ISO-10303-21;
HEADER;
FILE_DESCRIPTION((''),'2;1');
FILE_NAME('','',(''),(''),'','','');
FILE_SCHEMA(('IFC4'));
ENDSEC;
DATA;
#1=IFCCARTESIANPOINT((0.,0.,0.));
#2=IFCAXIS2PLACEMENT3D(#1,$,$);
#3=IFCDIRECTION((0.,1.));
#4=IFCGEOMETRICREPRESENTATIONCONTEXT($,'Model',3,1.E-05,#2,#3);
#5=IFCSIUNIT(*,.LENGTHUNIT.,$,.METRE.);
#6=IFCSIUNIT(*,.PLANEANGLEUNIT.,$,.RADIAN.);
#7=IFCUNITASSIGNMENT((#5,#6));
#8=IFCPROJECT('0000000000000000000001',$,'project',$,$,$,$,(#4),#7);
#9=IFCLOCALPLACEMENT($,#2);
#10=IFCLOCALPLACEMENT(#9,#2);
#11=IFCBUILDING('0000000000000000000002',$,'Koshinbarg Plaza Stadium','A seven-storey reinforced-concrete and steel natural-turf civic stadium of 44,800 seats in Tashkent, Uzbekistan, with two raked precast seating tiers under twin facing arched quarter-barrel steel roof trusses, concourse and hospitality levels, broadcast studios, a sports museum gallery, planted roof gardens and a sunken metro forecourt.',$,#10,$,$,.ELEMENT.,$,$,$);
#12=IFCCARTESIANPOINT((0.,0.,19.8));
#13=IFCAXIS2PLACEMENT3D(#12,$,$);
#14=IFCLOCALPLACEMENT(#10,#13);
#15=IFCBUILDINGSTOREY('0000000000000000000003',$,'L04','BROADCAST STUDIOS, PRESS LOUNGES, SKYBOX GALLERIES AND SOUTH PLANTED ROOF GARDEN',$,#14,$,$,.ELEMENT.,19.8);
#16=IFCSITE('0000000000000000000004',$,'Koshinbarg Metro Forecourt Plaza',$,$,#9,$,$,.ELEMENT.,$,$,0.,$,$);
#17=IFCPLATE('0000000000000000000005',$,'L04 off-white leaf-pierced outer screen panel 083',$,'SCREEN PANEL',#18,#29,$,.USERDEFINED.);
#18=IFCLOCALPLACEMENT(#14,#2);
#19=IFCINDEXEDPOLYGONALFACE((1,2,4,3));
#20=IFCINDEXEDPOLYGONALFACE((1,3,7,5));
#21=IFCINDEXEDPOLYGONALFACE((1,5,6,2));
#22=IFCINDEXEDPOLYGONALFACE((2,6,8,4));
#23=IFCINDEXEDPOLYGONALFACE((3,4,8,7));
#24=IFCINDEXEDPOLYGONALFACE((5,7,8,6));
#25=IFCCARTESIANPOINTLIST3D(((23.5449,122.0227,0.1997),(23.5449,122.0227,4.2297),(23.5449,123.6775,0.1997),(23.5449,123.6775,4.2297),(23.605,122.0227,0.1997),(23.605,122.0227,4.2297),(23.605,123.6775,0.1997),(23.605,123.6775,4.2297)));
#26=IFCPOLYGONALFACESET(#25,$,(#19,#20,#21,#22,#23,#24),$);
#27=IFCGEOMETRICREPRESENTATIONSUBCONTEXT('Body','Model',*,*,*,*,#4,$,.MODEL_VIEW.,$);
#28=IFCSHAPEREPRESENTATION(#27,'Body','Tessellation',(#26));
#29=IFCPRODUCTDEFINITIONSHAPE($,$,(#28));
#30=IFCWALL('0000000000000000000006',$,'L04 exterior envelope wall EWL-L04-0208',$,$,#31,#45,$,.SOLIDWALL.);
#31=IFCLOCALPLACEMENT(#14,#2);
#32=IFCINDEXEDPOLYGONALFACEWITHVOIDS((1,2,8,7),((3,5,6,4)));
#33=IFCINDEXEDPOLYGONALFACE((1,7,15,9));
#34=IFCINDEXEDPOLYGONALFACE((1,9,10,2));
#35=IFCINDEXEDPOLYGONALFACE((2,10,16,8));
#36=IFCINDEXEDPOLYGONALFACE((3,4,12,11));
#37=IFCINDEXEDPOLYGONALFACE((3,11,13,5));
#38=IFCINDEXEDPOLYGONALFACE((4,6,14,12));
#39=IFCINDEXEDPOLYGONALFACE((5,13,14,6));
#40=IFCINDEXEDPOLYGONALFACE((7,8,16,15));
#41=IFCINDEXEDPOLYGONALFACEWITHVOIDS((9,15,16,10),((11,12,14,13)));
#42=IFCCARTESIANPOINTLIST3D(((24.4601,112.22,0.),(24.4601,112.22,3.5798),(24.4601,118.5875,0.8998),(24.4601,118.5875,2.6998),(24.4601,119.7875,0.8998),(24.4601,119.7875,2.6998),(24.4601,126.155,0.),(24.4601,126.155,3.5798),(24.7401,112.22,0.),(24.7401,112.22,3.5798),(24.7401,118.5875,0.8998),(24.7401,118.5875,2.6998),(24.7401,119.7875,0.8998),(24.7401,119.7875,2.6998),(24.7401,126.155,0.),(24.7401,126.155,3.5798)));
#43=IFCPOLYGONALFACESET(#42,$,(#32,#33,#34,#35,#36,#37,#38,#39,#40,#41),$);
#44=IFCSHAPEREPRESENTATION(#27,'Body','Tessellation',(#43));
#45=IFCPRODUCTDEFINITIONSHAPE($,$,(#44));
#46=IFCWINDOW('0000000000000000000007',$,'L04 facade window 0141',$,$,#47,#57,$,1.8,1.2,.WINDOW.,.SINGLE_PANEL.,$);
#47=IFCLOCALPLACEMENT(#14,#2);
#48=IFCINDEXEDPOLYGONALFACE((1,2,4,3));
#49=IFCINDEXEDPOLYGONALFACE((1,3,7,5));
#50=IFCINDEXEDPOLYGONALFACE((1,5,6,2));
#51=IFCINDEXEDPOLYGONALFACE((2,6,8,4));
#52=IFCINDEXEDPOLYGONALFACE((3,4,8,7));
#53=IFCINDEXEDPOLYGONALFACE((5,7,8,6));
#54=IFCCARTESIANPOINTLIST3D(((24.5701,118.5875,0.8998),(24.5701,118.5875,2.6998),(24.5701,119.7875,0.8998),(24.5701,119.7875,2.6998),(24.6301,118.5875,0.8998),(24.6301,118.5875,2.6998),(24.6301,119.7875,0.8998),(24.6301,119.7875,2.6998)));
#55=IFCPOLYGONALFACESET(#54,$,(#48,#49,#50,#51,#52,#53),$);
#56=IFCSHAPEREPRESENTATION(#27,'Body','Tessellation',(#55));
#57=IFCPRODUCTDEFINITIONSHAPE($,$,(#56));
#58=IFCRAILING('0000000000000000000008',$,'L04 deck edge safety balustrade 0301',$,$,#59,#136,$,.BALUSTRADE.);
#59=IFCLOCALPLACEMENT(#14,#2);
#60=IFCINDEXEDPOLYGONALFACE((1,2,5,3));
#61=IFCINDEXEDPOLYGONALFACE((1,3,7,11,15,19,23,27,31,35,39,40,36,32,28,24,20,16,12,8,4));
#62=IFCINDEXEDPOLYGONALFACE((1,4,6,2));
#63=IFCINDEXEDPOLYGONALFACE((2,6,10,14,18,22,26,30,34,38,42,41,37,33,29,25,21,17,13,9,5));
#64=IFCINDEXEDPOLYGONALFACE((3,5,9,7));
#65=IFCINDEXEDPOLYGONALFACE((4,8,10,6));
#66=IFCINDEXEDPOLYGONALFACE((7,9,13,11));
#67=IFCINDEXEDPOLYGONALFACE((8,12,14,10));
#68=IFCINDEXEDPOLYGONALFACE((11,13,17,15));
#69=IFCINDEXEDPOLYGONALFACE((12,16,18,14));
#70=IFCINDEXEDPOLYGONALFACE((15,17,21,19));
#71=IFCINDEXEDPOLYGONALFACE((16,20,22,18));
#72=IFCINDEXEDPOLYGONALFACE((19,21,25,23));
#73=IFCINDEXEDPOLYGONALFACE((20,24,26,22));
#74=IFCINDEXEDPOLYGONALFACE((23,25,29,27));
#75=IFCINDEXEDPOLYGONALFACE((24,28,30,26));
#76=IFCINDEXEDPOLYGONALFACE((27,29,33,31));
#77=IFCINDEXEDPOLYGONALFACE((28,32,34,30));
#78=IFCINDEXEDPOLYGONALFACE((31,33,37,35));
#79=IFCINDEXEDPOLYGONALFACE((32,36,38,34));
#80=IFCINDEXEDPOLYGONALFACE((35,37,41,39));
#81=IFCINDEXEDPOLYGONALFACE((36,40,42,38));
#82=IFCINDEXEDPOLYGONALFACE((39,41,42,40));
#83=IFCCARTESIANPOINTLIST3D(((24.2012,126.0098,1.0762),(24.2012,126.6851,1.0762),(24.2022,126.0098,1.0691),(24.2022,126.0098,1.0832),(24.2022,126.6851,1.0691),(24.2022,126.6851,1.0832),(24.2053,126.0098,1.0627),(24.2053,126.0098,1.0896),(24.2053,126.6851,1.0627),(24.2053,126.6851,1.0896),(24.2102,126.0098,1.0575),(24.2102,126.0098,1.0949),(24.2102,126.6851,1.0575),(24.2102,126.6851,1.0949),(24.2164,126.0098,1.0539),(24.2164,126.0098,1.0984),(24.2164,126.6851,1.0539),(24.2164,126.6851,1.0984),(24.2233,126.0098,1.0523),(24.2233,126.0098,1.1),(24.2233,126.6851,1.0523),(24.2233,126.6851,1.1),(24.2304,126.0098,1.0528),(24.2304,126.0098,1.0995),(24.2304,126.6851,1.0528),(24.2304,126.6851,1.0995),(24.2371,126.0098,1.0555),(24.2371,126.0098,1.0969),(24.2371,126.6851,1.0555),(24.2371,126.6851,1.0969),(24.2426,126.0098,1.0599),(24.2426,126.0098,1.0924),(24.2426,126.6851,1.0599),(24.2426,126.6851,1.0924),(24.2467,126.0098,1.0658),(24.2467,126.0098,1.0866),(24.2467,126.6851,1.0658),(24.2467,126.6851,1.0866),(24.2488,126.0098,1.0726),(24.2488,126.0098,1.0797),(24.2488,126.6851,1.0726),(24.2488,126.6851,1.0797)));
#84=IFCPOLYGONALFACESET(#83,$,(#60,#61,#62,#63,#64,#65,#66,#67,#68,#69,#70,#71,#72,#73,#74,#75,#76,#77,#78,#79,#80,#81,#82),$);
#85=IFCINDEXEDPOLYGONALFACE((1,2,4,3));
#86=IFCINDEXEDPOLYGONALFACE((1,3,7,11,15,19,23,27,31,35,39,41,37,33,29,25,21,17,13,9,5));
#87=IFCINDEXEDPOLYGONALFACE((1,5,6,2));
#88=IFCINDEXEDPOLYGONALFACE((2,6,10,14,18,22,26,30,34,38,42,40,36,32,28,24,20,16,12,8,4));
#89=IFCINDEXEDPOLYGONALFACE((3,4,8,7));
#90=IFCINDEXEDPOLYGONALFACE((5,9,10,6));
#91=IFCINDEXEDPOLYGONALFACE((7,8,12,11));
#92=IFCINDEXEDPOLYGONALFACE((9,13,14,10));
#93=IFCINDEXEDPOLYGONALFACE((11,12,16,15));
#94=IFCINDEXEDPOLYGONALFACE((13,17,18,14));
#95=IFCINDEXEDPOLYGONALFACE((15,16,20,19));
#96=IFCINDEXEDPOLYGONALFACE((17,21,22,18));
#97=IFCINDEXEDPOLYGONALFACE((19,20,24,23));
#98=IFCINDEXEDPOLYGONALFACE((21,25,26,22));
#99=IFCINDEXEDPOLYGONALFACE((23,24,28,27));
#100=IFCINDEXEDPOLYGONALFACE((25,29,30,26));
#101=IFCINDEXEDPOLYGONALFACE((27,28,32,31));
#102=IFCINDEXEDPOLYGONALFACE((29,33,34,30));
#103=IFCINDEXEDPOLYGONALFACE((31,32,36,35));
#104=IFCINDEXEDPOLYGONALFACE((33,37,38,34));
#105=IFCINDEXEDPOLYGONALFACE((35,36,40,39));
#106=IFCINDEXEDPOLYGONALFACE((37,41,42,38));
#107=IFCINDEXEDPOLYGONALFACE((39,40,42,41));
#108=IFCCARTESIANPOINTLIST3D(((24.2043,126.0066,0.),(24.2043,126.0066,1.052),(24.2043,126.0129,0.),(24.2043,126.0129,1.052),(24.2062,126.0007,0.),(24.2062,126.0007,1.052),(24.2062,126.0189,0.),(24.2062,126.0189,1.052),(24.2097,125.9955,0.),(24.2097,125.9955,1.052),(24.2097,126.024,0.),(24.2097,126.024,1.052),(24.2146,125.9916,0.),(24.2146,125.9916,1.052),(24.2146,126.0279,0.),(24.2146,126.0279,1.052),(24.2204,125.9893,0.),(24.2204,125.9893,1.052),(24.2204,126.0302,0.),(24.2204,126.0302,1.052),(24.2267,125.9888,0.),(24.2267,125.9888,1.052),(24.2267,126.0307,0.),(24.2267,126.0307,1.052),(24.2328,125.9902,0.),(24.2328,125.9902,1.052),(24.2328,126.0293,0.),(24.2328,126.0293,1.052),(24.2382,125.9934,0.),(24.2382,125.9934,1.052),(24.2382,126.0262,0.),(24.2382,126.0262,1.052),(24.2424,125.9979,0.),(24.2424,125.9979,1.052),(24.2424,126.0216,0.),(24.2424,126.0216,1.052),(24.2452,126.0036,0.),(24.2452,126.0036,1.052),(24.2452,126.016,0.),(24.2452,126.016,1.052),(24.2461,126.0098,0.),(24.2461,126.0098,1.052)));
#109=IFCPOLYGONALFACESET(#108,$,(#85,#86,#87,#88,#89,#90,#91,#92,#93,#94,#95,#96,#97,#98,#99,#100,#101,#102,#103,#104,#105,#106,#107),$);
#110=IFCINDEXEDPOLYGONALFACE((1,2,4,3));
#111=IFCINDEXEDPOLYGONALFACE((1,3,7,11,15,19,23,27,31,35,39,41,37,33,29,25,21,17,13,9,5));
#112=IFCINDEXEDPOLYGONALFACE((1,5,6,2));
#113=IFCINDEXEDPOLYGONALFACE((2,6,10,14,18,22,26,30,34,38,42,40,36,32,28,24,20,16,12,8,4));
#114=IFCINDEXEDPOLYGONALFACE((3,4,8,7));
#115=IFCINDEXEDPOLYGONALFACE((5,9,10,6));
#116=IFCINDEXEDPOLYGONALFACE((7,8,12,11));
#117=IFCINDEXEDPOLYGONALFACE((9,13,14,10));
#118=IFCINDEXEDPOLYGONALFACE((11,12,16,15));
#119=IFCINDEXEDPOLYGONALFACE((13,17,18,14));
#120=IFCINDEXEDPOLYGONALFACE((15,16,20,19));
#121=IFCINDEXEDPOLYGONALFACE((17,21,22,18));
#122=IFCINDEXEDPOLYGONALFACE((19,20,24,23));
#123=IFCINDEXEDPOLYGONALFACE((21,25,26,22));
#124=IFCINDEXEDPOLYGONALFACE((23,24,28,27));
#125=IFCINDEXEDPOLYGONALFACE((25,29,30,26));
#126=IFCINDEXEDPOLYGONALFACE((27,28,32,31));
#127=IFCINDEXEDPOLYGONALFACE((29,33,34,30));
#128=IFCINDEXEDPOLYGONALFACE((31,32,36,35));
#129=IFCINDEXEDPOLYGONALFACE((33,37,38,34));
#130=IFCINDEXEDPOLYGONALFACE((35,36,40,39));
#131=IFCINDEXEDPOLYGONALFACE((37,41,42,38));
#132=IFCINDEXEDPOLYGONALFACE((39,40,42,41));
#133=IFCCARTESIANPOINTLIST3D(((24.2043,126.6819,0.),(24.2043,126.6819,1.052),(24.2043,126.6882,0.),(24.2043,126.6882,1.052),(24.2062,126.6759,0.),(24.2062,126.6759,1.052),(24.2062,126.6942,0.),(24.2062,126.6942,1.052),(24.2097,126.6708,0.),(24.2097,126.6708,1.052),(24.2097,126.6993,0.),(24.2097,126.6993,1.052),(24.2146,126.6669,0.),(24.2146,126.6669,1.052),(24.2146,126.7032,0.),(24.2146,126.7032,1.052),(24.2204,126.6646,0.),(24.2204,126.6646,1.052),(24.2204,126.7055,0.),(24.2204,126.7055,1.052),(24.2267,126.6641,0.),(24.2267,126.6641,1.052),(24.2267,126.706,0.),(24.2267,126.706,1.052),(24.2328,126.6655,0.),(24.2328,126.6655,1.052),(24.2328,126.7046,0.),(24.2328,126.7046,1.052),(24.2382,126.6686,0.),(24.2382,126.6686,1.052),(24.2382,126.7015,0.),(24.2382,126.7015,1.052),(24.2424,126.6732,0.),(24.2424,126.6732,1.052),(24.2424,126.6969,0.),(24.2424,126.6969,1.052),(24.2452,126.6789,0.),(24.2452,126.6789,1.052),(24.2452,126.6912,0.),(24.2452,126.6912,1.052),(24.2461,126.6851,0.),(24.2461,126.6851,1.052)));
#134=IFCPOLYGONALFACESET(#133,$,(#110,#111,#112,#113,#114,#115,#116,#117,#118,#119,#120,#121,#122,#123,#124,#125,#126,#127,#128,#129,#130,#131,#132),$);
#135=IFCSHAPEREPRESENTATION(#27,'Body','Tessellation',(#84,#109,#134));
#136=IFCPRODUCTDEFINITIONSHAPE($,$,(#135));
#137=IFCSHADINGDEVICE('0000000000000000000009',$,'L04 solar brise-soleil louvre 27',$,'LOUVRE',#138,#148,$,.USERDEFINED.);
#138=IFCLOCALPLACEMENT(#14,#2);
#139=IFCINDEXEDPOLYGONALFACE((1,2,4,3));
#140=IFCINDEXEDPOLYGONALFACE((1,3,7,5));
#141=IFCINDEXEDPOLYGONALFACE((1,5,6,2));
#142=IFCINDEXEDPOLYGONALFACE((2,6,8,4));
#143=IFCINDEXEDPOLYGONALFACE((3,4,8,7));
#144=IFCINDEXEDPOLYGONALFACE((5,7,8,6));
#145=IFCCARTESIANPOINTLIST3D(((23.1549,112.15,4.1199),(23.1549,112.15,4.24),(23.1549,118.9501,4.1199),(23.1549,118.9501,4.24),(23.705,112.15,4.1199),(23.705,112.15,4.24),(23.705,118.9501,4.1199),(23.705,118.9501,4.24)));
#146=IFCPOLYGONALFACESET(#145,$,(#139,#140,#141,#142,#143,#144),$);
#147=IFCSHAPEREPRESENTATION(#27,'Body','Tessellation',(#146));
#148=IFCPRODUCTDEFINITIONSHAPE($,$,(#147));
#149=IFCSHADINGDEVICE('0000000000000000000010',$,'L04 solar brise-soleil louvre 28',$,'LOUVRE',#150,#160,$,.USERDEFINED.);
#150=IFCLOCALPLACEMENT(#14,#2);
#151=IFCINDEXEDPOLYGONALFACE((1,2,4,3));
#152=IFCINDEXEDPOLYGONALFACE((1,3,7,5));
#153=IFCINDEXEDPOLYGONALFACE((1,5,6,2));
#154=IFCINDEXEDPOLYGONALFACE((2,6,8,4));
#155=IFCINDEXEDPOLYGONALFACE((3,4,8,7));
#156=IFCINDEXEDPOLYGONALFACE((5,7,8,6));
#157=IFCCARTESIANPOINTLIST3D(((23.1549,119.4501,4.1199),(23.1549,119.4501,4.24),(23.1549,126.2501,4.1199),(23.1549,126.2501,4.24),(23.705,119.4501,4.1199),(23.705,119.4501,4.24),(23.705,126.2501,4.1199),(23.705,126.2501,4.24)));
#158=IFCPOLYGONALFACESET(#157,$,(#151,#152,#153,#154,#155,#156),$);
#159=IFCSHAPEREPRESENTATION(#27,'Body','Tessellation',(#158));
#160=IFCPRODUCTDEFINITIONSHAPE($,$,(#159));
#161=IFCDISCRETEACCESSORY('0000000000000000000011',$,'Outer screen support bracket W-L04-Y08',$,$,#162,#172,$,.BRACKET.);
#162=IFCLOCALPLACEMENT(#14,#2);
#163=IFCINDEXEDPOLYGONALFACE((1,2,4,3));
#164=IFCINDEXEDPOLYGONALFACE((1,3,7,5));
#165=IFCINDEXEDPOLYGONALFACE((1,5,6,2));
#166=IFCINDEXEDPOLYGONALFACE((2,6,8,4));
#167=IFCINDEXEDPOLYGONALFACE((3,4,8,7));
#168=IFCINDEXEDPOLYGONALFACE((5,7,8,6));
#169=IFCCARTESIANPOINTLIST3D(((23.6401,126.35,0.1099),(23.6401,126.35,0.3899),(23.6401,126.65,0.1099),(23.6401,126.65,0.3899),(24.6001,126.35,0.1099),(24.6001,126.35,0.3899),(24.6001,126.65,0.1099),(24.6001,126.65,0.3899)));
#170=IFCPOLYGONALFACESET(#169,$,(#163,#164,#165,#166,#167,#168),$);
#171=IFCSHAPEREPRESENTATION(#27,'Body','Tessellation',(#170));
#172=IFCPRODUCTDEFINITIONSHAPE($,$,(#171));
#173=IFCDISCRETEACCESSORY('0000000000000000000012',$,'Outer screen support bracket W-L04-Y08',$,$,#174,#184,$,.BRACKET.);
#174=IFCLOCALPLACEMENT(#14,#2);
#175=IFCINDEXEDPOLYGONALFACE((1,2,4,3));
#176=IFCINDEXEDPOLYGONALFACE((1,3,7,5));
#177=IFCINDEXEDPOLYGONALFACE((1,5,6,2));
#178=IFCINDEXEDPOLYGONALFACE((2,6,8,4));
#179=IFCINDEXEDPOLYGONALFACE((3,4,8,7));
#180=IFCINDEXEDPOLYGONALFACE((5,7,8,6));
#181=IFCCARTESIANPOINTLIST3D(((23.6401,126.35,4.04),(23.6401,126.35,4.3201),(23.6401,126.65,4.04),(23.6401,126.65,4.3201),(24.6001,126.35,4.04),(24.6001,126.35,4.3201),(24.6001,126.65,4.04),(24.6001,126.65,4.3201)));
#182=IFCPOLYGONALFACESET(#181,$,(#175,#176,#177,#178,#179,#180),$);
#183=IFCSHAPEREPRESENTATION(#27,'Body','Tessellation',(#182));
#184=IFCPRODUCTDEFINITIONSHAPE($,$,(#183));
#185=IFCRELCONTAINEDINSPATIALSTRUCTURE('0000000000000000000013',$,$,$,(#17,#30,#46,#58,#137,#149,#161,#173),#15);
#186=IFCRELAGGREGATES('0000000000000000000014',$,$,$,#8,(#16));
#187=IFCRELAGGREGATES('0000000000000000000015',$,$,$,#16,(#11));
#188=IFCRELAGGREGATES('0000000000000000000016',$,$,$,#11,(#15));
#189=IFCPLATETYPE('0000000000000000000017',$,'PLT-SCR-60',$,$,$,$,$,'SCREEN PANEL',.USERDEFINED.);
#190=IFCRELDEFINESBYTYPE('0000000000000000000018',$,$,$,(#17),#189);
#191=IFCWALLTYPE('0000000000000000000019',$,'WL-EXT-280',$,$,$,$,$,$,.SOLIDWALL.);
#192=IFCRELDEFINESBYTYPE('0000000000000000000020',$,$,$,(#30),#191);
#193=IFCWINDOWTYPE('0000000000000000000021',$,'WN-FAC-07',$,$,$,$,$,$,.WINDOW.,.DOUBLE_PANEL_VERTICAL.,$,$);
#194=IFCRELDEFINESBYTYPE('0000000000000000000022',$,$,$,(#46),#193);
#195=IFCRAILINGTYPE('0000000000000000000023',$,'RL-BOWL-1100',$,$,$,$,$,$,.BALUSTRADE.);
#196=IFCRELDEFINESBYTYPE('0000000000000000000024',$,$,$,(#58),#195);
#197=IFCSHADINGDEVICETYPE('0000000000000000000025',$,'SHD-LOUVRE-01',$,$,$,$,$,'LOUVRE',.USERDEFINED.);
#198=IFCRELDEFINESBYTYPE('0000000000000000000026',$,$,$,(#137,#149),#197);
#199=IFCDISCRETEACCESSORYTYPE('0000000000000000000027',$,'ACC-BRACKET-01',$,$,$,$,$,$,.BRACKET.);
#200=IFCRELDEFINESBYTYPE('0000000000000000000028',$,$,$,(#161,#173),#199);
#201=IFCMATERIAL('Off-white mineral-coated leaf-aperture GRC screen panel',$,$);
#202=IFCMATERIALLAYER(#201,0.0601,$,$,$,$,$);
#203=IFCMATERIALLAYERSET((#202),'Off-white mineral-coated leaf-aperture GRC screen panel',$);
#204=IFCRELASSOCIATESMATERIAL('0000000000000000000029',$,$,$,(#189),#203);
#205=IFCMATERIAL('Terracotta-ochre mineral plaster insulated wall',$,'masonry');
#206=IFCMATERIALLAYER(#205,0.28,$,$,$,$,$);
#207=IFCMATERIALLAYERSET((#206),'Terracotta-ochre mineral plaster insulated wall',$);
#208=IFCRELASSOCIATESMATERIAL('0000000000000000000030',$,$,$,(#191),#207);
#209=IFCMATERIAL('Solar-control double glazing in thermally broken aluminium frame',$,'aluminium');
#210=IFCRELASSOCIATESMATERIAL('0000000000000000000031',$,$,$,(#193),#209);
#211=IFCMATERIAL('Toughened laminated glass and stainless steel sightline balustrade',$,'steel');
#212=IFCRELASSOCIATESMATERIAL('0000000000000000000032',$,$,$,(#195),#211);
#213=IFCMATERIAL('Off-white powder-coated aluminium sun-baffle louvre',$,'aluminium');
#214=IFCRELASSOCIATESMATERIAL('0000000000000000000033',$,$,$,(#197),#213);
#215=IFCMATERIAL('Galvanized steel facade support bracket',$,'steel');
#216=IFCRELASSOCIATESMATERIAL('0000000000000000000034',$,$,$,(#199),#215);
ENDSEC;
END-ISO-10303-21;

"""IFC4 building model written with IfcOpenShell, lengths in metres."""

from ifc_helpers import new_model, si_unit, direction, frame, frame_2d, origin, origin_2d, place, context, subcontext, project, spatial, rectangle, circle, extrude, material, layer, layer_set, type_object, element, fill, save


model = new_model("IFC4")

# Units and contexts
model_context = context("Model", 3, precision=1e-05, world=origin(), true_north=direction((0.0, 1.0)))
body_context = subcontext(model_context, "Body", "Model", "MODEL_VIEW")
ifc_project = project(units=[si_unit("LENGTHUNIT", "METRE"), si_unit("PLANEANGLEUNIT", "RADIAN")], contexts=[model_context])

# Site, building, storey
site_placement = place(None, origin())
site = spatial("IfcSite", under=ifc_project, at=site_placement, Name="Koshinbarg Metro Forecourt Plaza", CompositionType="ELEMENT", RefElevation=0.0)
building_placement = place(site_placement, origin())
building = spatial("IfcBuilding", under=site, at=building_placement, Name="Koshinbarg Plaza Stadium", Description="A seven-storey reinforced-concrete and steel natural-turf civic stadium of 44,800 seats in Tashkent, Uzbekistan, with two raked precast seating tiers under twin facing arched quarter-barrel steel roof trusses, concourse and hospitality levels, broadcast studios, a sports museum gallery, planted roof gardens and a sunken metro forecourt.", CompositionType="ELEMENT")
storey_placement = place(building_placement, frame((0.0, 0.0, 19.8)))
storey = spatial("IfcBuildingStorey", under=building, at=storey_placement, Name="L04", Description="BROADCAST STUDIOS, PRESS LOUNGES, SKYBOX GALLERIES AND SOUTH PLANTED ROOF GARDEN", CompositionType="ELEMENT", Elevation=19.8)

# Plate
ifc_material_1 = material(Name="Off-white mineral-coated leaf-aperture GRC screen panel")
ifc_layer_1 = layer(ifc_material_1, 0.0601)
ifc_layer_set_1 = layer_set([ifc_layer_1], Name="Off-white mineral-coated leaf-aperture GRC screen panel")
plate_type_1 = type_object("IfcPlateType", Name="PLT-SCR-60", ElementType="SCREEN PANEL", PredefinedType="USERDEFINED", material=ifc_layer_set_1)
for number, where, z_axis, x_axis, name in (
    (1, (23.575, 122.8501, 0.1997), (0.0, 0.0, 1.0), (1.0, 0.0, 0.0), "L04 off-white leaf-pierced outer screen panel 083"),
):
    element("IfcPlate", number, at=place(storey_placement, frame(where, z_axis=z_axis, x_axis=x_axis)), inside=storey, type_object=plate_type_1, Name=name, ObjectType="SCREEN PANEL", PredefinedType="USERDEFINED", context=body_context, shape_type="SweptSolid", body=[
        extrude(rectangle(XDim=0.0601, YDim=1.6548, at=origin_2d()), origin(), (0.0, 0.0, 1.0), 4.03),
    ])

# Wall, opening, window
ifc_material_2 = material(Name="Terracotta-ochre mineral plaster insulated wall", Category="masonry")
ifc_layer_2 = layer(ifc_material_2, 0.28)
ifc_layer_set_2 = layer_set([ifc_layer_2], Name="Terracotta-ochre mineral plaster insulated wall")
wall_type = type_object("IfcWallType", Name="WL-EXT-280", PredefinedType="SOLIDWALL", material=ifc_layer_set_2)
wall_placement = place(storey_placement, frame((24.6001, 112.22, 0.0), z_axis=(0.0, 0.0, 1.0), x_axis=(0.0, 1.0, 0.0)))
wall = element("IfcWall", 2, at=wall_placement, inside=storey, type_object=wall_type, Name="L04 exterior envelope wall EWL-L04-0208", PredefinedType="SOLIDWALL", context=body_context, shape_type="SweptSolid", body=[
    extrude(rectangle(XDim=13.9351, YDim=0.28, at=frame_2d((6.9675, 0.0))), origin(), (0.0, 0.0, 1.0), 3.5798),
])
opening_placement = place(wall_placement, frame((6.3674, 0.0, 0.8999)))
opening = element("IfcOpeningElement", 3, at=opening_placement, cuts=wall, PredefinedType="OPENING", context=body_context, shape_type="SweptSolid", body=[
    extrude(rectangle(XDim=1.2, YDim=1.8, at=frame_2d((0.6001, 0.8999))), frame((0.0, 0.1499, 0.0), z_axis=(0.0, -1.0, 0.0), x_axis=(1.0, 0.0, 0.0)), (0.0, 0.0, 1.0), 0.3),
])
ifc_material_3 = material(Name="Solar-control double glazing in thermally broken aluminium frame", Category="aluminium")
window_type = type_object("IfcWindowType", Name="WN-FAC-07", PartitioningType="DOUBLE_PANEL_VERTICAL", PredefinedType="WINDOW", material=ifc_material_3)
window_placement = place(opening_placement, origin())
window = element("IfcWindow", 4, at=window_placement, inside=storey, type_object=window_type, Name="L04 facade window 0141", OverallHeight=1.8, OverallWidth=1.2, PartitioningType="SINGLE_PANEL", PredefinedType="WINDOW", context=body_context, shape_type="SweptSolid", body=[
    extrude(rectangle(XDim=1.2, YDim=1.8, at=frame_2d((0.6001, 0.8999))), frame((0.0, 0.03, 0.0), z_axis=(0.0, -1.0, 0.0), x_axis=(1.0, 0.0, 0.0)), (0.0, 0.0, 1.0), 0.0601),
])
fill(opening, window)

# Railing
ifc_material_4 = material(Name="Toughened laminated glass and stainless steel sightline balustrade", Category="steel")
railing_type = type_object("IfcRailingType", Name="RL-BOWL-1100", PredefinedType="BALUSTRADE", material=ifc_material_4)
railing_placement = place(storey_placement, frame((24.2251, 126.0098, 0.0)))
element("IfcRailing", 5, at=railing_placement, inside=storey, type_object=railing_type, Name="L04 deck edge safety balustrade 0301", PredefinedType="BALUSTRADE", context=body_context, shape_type="SweptSolid", body=[
    extrude(circle(Radius=0.0239, at=origin_2d()), frame((0.0, 0.0, 1.0762), z_axis=(0.0, 1.0, 0.0), x_axis=(-1.0, 0.0, 0.0)), (0.0, 0.0, 1.0), 0.6753),
    extrude(circle(Radius=0.021, at=origin_2d()), origin(), (0.0, 0.0, 1.0), 1.052),
    extrude(circle(Radius=0.021, at=origin_2d()), frame((0.0, 0.6753, 0.0)), (0.0, 0.0, 1.0), 1.052),
])

# Shading devices
ifc_material_5 = material(Name="Off-white powder-coated aluminium sun-baffle louvre", Category="aluminium")
shading_device_type = type_object("IfcShadingDeviceType", Name="SHD-LOUVRE-01", ElementType="LOUVRE", PredefinedType="USERDEFINED", material=ifc_material_5)
for number, where, z_axis, x_axis, name in (
    (6, (23.4299, 115.55, 4.1199), (0.0, 0.0, 1.0), (1.0, 0.0, 0.0), "L04 solar brise-soleil louvre 27"),
    (7, (23.4299, 122.8501, 4.1199), (0.0, 0.0, 1.0), (1.0, 0.0, 0.0), "L04 solar brise-soleil louvre 28"),
):
    element("IfcShadingDevice", number, at=place(storey_placement, frame(where, z_axis=z_axis, x_axis=x_axis)), inside=storey, type_object=shading_device_type, Name=name, ObjectType="LOUVRE", PredefinedType="USERDEFINED", context=body_context, shape_type="SweptSolid", body=[
        extrude(rectangle(XDim=0.55, YDim=6.8, at=origin_2d()), origin(), (0.0, 0.0, 1.0), 0.1201),
    ])

# Discrete accessories
ifc_material_6 = material(Name="Galvanized steel facade support bracket", Category="steel")
discrete_accessory_type = type_object("IfcDiscreteAccessoryType", Name="ACC-BRACKET-01", PredefinedType="BRACKET", material=ifc_material_6)
for number, where, z_axis, x_axis, name in (
    (8, (24.1201, 126.5, 0.1099), (0.0, 0.0, 1.0), (1.0, 0.0, 0.0), "Outer screen support bracket W-L04-Y08"),
    (9, (24.1201, 126.5, 4.04), (0.0, 0.0, 1.0), (1.0, 0.0, 0.0), "Outer screen support bracket W-L04-Y08"),
):
    element("IfcDiscreteAccessory", number, at=place(storey_placement, frame(where, z_axis=z_axis, x_axis=x_axis)), inside=storey, type_object=discrete_accessory_type, Name=name, PredefinedType="BRACKET", context=body_context, shape_type="SweptSolid", body=[
        extrude(rectangle(XDim=0.96, YDim=0.3, at=origin_2d()), origin(), (0.0, 0.0, 1.0), 0.28),
    ])

save(model, "model.ifc")
